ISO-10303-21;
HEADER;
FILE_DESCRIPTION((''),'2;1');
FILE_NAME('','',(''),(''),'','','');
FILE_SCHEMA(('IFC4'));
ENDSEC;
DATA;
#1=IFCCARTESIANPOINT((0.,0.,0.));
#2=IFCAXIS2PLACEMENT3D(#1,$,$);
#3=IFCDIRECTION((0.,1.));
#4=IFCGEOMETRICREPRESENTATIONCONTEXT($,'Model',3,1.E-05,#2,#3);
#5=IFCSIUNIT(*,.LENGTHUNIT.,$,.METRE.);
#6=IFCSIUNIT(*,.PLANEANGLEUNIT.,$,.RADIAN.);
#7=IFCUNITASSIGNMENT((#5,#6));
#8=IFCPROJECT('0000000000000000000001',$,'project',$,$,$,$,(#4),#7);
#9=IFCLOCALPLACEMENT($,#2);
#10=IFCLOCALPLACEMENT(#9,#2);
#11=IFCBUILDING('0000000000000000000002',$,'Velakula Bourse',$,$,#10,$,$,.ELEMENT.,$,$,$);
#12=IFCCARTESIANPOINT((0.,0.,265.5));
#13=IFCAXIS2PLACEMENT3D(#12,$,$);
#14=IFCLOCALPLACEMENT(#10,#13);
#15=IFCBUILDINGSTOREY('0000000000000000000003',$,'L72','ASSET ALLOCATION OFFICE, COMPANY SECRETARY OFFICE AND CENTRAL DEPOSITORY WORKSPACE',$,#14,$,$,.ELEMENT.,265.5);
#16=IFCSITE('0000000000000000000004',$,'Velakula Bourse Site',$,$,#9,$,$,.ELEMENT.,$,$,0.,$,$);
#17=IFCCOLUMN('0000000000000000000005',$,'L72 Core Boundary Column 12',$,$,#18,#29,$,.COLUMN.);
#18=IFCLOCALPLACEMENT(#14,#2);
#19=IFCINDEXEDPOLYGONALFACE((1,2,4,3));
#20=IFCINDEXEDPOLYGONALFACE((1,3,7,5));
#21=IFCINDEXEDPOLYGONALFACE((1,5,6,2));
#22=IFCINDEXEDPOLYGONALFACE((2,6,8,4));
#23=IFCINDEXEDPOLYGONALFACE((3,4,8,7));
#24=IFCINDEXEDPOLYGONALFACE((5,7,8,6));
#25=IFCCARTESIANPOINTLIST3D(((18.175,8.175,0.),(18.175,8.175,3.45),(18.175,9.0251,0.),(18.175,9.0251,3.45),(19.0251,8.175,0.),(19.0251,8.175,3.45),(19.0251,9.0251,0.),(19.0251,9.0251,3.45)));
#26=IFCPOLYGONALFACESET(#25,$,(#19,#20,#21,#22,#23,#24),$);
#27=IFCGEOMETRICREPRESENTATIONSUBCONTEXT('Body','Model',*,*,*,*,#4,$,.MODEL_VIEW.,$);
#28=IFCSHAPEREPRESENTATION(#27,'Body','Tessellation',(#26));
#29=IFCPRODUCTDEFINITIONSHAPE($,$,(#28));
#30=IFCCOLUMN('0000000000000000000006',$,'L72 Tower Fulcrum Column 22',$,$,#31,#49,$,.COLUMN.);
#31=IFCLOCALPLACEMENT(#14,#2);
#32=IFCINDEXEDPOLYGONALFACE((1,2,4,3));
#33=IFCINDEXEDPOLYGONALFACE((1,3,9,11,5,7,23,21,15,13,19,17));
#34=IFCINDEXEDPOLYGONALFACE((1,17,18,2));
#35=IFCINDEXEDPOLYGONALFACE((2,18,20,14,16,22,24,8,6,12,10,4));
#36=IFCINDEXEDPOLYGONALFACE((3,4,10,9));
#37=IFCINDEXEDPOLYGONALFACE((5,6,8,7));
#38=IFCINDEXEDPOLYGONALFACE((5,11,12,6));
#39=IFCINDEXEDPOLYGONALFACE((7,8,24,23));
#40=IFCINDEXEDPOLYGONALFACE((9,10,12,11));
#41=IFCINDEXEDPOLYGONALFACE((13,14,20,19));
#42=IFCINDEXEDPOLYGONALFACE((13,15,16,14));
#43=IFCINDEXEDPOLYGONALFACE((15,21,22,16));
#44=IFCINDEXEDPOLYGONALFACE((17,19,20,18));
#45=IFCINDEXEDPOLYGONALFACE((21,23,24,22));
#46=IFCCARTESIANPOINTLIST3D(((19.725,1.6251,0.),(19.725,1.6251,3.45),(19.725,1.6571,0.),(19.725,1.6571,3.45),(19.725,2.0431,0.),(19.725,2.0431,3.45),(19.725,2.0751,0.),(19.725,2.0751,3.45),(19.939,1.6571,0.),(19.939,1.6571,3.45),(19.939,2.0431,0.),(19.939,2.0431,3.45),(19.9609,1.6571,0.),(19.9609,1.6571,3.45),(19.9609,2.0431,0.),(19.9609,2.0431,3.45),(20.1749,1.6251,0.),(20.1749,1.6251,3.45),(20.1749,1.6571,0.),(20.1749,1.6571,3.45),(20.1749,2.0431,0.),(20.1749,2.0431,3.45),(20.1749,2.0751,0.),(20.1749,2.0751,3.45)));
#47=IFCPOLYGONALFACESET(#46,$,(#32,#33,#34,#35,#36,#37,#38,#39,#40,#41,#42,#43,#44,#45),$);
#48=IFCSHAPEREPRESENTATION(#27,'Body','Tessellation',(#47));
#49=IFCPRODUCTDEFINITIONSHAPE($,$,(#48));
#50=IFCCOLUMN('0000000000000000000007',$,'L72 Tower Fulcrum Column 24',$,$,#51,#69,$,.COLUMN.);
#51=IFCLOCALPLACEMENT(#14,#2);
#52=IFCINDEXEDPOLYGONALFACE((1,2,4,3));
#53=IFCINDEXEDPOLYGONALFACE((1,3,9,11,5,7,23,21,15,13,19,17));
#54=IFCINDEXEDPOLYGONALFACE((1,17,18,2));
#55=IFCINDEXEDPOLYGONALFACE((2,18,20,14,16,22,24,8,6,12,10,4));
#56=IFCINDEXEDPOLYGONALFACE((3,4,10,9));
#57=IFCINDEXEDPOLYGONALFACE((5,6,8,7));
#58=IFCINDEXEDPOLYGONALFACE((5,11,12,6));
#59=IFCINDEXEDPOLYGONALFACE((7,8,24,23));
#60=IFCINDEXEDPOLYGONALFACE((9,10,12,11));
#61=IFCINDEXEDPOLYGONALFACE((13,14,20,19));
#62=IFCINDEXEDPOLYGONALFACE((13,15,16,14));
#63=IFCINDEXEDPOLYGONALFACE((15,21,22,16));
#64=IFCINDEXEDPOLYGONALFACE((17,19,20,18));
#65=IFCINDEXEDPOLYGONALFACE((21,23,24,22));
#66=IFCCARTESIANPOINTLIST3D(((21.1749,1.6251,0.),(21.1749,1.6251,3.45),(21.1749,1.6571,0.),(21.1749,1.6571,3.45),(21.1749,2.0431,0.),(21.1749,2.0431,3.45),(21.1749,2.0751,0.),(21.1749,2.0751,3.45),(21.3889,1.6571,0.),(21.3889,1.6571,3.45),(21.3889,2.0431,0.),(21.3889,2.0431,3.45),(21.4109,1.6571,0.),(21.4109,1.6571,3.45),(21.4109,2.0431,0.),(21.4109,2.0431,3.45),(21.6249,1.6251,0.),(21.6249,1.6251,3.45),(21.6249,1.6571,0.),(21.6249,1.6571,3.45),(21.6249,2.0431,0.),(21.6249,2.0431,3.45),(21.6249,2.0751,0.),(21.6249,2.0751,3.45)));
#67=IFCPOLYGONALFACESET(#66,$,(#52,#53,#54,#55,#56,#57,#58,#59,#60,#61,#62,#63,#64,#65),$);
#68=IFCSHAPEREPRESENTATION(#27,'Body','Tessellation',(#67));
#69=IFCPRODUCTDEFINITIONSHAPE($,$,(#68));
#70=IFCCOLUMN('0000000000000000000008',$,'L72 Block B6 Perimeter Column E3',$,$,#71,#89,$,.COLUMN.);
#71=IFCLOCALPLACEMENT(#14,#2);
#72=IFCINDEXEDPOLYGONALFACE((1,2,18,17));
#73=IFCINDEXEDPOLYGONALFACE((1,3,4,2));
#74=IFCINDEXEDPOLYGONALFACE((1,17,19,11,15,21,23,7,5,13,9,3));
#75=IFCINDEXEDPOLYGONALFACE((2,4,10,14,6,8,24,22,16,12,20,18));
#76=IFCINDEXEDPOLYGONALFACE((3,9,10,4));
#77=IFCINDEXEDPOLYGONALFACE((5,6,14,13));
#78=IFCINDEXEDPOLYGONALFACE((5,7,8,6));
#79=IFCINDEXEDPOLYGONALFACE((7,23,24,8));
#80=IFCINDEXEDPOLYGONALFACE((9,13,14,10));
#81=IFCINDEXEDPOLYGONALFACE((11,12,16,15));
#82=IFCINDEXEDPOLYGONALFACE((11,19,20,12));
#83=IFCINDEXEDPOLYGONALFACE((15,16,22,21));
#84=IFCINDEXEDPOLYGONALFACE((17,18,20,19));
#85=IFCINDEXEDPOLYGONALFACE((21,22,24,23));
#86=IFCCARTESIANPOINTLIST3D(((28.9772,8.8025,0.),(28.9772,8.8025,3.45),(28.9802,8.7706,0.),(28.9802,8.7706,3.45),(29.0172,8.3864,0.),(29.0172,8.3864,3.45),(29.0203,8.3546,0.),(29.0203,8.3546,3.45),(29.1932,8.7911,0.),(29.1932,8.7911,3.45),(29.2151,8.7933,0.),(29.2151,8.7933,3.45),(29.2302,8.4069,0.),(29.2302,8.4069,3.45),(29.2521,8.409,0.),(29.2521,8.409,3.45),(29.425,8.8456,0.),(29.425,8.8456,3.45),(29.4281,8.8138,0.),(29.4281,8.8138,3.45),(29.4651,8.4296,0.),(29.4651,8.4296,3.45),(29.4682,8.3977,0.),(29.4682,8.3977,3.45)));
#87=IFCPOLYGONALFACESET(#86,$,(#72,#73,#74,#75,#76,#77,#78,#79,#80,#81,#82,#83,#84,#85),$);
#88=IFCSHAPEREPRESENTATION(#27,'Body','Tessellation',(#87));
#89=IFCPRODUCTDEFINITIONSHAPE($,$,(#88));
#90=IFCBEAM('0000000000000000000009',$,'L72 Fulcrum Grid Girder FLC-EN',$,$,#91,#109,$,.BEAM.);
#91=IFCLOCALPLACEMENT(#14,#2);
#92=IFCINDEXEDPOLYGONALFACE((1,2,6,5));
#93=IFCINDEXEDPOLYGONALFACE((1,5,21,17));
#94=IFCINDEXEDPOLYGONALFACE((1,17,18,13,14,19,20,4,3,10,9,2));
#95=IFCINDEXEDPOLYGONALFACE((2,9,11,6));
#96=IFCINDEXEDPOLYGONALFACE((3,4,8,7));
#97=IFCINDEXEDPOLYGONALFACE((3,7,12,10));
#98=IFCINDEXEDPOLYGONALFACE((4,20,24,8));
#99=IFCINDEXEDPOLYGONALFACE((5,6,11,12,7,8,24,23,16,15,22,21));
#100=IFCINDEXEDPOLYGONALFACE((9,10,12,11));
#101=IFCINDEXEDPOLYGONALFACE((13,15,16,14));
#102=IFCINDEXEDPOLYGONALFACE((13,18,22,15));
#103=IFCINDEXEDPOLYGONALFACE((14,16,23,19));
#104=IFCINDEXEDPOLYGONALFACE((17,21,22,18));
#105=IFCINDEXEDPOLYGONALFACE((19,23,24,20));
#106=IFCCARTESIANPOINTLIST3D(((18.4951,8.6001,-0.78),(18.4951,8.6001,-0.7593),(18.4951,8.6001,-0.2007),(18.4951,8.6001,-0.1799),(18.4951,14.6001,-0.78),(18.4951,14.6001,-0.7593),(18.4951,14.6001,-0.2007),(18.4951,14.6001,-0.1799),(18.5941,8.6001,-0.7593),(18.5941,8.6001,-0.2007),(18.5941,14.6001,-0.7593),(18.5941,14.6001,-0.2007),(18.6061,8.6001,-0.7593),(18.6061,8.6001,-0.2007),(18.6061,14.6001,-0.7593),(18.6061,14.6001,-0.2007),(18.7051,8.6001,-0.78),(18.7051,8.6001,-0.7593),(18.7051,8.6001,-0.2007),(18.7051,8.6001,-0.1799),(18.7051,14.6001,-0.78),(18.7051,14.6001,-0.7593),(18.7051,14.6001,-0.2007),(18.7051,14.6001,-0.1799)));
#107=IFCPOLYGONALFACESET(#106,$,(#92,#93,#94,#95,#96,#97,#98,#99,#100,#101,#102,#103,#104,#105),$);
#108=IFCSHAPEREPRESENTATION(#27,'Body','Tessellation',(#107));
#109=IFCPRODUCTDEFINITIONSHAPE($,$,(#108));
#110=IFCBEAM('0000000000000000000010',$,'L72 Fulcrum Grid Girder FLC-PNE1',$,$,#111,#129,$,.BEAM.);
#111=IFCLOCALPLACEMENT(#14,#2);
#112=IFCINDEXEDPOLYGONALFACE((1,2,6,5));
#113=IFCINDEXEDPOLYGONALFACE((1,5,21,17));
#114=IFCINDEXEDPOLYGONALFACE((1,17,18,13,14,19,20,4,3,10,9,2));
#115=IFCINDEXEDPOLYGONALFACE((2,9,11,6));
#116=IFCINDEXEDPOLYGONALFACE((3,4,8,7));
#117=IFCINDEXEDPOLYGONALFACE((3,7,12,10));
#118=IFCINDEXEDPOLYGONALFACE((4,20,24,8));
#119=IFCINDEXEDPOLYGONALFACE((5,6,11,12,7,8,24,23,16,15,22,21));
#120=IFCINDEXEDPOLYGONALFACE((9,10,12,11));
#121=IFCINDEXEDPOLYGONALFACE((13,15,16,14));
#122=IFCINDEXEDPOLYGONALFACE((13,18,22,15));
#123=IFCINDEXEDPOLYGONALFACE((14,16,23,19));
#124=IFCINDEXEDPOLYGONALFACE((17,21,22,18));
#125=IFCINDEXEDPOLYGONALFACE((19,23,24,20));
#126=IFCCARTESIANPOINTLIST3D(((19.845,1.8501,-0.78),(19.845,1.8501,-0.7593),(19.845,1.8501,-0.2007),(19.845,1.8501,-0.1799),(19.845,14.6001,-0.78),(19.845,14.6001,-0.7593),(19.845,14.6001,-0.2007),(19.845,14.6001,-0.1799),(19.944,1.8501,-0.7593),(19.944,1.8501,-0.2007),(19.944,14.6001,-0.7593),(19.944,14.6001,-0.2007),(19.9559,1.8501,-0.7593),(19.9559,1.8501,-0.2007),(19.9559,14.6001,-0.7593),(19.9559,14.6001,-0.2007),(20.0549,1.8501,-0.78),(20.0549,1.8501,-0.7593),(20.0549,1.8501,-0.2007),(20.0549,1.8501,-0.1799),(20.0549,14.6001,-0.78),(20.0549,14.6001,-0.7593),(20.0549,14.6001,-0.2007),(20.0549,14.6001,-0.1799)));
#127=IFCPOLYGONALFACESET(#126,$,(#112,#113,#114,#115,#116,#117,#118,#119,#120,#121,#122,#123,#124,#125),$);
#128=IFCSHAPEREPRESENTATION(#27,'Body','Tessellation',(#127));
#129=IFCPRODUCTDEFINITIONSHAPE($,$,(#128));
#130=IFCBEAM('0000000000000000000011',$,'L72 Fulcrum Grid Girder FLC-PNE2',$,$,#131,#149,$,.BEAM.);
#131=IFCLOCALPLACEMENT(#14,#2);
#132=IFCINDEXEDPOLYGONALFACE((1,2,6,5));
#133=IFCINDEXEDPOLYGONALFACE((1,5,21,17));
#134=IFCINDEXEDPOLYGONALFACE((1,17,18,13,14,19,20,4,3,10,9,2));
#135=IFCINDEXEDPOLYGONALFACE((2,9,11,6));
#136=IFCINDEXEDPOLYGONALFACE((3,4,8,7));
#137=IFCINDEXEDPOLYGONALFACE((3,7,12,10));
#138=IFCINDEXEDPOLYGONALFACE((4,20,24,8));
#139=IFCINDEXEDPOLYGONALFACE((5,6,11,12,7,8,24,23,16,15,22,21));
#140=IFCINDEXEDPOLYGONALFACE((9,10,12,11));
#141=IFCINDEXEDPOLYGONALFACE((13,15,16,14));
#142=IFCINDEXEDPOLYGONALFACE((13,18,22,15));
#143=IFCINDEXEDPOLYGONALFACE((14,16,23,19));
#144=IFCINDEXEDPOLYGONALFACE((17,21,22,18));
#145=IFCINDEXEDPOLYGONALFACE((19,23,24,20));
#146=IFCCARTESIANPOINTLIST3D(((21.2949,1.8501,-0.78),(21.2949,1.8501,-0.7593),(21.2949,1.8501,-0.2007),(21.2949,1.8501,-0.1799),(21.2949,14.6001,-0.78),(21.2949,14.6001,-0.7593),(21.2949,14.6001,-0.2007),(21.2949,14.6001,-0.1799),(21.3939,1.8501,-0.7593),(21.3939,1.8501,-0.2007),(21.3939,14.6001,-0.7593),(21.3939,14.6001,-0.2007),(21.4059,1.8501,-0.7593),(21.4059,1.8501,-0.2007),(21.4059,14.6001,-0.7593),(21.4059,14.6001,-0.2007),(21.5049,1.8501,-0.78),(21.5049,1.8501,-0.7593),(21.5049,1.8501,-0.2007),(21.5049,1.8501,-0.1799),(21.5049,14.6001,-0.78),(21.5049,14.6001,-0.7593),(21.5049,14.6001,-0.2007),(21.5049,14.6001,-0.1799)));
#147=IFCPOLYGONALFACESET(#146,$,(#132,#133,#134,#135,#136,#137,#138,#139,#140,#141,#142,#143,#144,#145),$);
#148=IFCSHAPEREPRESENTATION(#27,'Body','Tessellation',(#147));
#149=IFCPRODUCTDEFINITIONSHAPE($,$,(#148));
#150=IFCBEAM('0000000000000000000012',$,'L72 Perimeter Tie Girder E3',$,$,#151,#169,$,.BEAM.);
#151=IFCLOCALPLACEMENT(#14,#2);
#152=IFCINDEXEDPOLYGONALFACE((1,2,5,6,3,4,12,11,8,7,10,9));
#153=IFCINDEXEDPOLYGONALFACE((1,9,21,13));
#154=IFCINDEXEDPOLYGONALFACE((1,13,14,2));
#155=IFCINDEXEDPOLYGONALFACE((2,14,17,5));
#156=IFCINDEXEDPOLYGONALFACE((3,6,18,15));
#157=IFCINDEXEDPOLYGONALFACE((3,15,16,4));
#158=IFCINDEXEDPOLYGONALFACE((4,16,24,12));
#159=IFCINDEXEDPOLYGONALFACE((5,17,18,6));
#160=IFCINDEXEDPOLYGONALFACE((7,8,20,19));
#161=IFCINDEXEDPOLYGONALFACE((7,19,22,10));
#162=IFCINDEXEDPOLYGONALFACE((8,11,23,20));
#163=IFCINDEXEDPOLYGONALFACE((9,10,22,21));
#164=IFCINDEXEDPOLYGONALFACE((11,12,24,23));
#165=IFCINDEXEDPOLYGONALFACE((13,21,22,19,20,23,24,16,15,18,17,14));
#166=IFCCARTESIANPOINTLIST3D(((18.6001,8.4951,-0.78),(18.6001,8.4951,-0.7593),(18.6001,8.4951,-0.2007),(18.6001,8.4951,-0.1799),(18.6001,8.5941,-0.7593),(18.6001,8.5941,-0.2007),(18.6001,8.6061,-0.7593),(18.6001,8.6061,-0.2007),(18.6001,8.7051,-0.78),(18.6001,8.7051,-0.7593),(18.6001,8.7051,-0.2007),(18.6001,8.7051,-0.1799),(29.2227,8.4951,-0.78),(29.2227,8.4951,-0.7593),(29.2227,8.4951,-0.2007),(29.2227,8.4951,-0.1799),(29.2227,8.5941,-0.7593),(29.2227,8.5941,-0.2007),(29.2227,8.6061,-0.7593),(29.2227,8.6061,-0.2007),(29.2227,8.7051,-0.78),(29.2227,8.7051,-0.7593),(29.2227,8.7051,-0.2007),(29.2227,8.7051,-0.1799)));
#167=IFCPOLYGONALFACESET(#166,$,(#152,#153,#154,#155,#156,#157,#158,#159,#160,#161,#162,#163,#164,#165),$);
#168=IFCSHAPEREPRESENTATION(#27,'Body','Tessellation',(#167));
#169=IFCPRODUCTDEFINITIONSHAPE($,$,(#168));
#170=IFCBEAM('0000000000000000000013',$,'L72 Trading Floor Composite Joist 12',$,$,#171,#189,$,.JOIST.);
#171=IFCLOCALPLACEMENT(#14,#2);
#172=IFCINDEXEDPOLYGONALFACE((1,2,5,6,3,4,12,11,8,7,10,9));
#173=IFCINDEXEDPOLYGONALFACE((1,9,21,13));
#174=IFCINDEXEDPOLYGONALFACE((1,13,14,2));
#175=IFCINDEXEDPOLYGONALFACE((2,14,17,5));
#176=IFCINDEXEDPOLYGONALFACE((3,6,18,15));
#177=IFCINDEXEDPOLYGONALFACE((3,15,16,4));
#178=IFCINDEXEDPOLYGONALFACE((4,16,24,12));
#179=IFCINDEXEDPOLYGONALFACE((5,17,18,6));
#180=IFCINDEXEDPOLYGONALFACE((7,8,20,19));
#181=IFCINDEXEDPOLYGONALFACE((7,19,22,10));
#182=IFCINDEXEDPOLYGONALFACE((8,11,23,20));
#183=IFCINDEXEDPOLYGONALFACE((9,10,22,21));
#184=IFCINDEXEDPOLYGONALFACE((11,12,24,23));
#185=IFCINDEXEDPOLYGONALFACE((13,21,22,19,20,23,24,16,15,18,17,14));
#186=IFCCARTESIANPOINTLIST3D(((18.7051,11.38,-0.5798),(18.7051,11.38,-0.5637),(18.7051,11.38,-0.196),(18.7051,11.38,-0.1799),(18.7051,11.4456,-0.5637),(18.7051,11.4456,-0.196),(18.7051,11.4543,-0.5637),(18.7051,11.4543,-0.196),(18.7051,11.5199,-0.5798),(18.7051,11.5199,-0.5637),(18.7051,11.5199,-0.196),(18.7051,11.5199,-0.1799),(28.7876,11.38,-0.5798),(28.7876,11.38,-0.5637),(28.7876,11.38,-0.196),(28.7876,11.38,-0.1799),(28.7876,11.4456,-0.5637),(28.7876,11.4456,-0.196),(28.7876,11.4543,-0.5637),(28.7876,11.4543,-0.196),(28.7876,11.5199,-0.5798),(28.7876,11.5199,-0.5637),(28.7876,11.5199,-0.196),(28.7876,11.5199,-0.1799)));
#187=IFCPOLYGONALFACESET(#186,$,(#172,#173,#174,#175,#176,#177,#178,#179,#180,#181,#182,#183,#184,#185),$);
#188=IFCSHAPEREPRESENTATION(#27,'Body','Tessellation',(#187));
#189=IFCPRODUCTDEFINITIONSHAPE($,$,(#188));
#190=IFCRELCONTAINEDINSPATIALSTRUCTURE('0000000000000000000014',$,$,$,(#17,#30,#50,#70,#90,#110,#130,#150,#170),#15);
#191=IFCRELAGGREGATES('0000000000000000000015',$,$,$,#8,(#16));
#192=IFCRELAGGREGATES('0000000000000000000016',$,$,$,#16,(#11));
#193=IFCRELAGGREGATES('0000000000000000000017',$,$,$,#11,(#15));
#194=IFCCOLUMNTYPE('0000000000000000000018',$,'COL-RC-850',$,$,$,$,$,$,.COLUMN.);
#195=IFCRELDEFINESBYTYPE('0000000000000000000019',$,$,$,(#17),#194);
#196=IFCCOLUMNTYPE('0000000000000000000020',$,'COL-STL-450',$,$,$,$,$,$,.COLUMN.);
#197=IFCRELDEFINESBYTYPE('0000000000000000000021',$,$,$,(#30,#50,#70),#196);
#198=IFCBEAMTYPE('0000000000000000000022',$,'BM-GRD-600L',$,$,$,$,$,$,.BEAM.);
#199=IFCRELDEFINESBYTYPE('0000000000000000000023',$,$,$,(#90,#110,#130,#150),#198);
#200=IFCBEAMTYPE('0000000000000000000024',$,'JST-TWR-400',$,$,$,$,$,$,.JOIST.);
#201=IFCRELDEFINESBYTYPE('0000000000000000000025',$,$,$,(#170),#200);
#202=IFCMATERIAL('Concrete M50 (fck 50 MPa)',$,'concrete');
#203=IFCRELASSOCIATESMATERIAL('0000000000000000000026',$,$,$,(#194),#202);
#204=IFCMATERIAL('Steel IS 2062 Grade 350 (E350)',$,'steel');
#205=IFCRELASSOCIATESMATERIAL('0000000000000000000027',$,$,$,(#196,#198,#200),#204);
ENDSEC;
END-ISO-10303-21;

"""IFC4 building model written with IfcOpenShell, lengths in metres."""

from ifc_helpers import new_model, si_unit, direction, frame, origin, origin_2d, place, context, subcontext, project, spatial, rectangle, i_section, extrude, material, material_profile, profile_set, type_object, element, save


model = new_model("IFC4")

# Units and contexts
model_context = context("Model", 3, precision=1e-05, world=origin(), true_north=direction((0.0, 1.0)))
body_context = subcontext(model_context, "Body", "Model", "MODEL_VIEW")
ifc_project = project(units=[si_unit("LENGTHUNIT", "METRE"), si_unit("PLANEANGLEUNIT", "RADIAN")], contexts=[model_context])

# Site, building, storey
site_placement = place(None, origin())
site = spatial("IfcSite", under=ifc_project, at=site_placement, Name="Velakula Bourse Site", CompositionType="ELEMENT", RefElevation=0.0)
building_placement = place(site_placement, origin())
building = spatial("IfcBuilding", under=site, at=building_placement, Name="Velakula Bourse", CompositionType="ELEMENT")
storey_placement = place(building_placement, frame((0.0, 0.0, 265.5)))
storey = spatial("IfcBuildingStorey", under=building, at=storey_placement, Name="L72", Description="ASSET ALLOCATION OFFICE, COMPANY SECRETARY OFFICE AND CENTRAL DEPOSITORY WORKSPACE", CompositionType="ELEMENT", Elevation=265.5)

# Columns
ifc_material_1 = material(Name="Concrete M50 (fck 50 MPa)", Category="concrete")
ifc_material_profile_1 = material_profile(ifc_material_1, rectangle(XDim=0.8501, YDim=0.8501, at=origin_2d()), Name="Concrete M50 (fck 50 MPa)")
ifc_profile_set_1 = profile_set([ifc_material_profile_1], Name="Concrete M50 (fck 50 MPa)")
column_type_1 = type_object("IfcColumnType", Name="COL-RC-850", PredefinedType="COLUMN", material=ifc_profile_set_1)
column_placement = place(storey_placement, frame((18.6001, 8.6001, 0.0), z_axis=(0.0, 0.0, 1.0), x_axis=(1.0, 0.0, 0.0)))
element("IfcColumn", 1, at=column_placement, inside=storey, type_object=column_type_1, Name="L72 Core Boundary Column 12", PredefinedType="COLUMN", context=body_context, shape_type="SweptSolid", body=[
    extrude(rectangle(XDim=0.8501, YDim=0.8501, at=origin_2d()), origin(), (0.0, 0.0, 1.0), 3.45),
])
ifc_material_2 = material(Name="Steel IS 2062 Grade 350 (E350)", Category="steel")
ifc_material_profile_2 = material_profile(ifc_material_2, i_section(OverallWidth=0.45, OverallDepth=0.45, WebThickness=0.022, FlangeThickness=0.032, at=origin_2d()), Name="Steel IS 2062 Grade 350 (E350)")
ifc_profile_set_2 = profile_set([ifc_material_profile_2], Name="Steel IS 2062 Grade 350 (E350)")
column_type_2 = type_object("IfcColumnType", Name="COL-STL-450", PredefinedType="COLUMN", material=ifc_profile_set_2)
for number, where, z_axis, x_axis, name in (
    (2, (19.95, 1.8501, 0.0), (0.0, 0.0, 1.0), (1.0, 0.0, 0.0), "L72 Tower Fulcrum Column 22"),
    (3, (21.3999, 1.8501, 0.0), (0.0, 0.0, 1.0), (1.0, 0.0, 0.0), "L72 Tower Fulcrum Column 24"),
    (4, (29.2227, 8.6001, 0.0), (0.0, 0.0, 1.0), (0.995396, 0.095846, 0.0), "L72 Block B6 Perimeter Column E3"),
):
    element("IfcColumn", number, at=place(storey_placement, frame(where, z_axis=z_axis, x_axis=x_axis)), inside=storey, type_object=column_type_2, Name=name, PredefinedType="COLUMN", context=body_context, shape_type="SweptSolid", body=[
        extrude(i_section(OverallWidth=0.45, OverallDepth=0.45, WebThickness=0.022, FlangeThickness=0.032, at=origin_2d()), origin(), (0.0, 0.0, 1.0), 3.45),
    ])

# Beams
ifc_material_profile_3 = material_profile(ifc_material_2, i_section(OverallWidth=0.21, OverallDepth=0.6001, WebThickness=0.012, FlangeThickness=0.0208, at=origin_2d()), Name="Steel IS 2062 Grade 350 (E350)")
ifc_profile_set_3 = profile_set([ifc_material_profile_3], Name="Steel IS 2062 Grade 350 (E350)")
beam_type_1 = type_object("IfcBeamType", Name="BM-GRD-600L", PredefinedType="BEAM", material=ifc_profile_set_3)
beam_1_placement = place(storey_placement, frame((18.6001, 8.6001, -0.48), z_axis=(0.0, 1.0, 0.0), x_axis=(-1.0, 0.0, 0.0)))
element("IfcBeam", 5, at=beam_1_placement, inside=storey, type_object=beam_type_1, Name="L72 Fulcrum Grid Girder FLC-EN", PredefinedType="BEAM", context=body_context, shape_type="SweptSolid", body=[
    extrude(i_section(OverallWidth=0.21, OverallDepth=0.6001, WebThickness=0.012, FlangeThickness=0.0208, at=origin_2d()), origin(), (0.0, 0.0, 1.0), 6.0),
])
for number, where, z_axis, x_axis, name in (
    (6, (19.95, 1.8501, -0.48), (0.0, 1.0, 0.0), (-1.0, 0.0, 0.0), "L72 Fulcrum Grid Girder FLC-PNE1"),
    (7, (21.3999, 1.8501, -0.48), (0.0, 1.0, 0.0), (-1.0, 0.0, 0.0), "L72 Fulcrum Grid Girder FLC-PNE2"),
):
    element("IfcBeam", number, at=place(storey_placement, frame(where, z_axis=z_axis, x_axis=x_axis)), inside=storey, type_object=beam_type_1, Name=name, PredefinedType="BEAM", context=body_context, shape_type="SweptSolid", body=[
        extrude(i_section(OverallWidth=0.21, OverallDepth=0.6001, WebThickness=0.012, FlangeThickness=0.0208, at=origin_2d()), origin(), (0.0, 0.0, 1.0), 12.75),
    ])
beam_2_placement = place(storey_placement, frame((18.6001, 8.6001, -0.48), z_axis=(1.0, 0.0, 0.0), x_axis=(0.0, 1.0, 0.0)))
element("IfcBeam", 8, at=beam_2_placement, inside=storey, type_object=beam_type_1, Name="L72 Perimeter Tie Girder E3", PredefinedType="BEAM", context=body_context, shape_type="SweptSolid", body=[
    extrude(i_section(OverallWidth=0.21, OverallDepth=0.6001, WebThickness=0.012, FlangeThickness=0.0208, at=origin_2d()), origin(), (0.0, 0.0, 1.0), 10.6226),
])
ifc_material_profile_4 = material_profile(ifc_material_2, i_section(OverallWidth=0.1399, OverallDepth=0.3999, WebThickness=0.0088, FlangeThickness=0.0161, at=origin_2d()), Name="Steel IS 2062 Grade 350 (E350)")
ifc_profile_set_4 = profile_set([ifc_material_profile_4], Name="Steel IS 2062 Grade 350 (E350)")
beam_type_2 = type_object("IfcBeamType", Name="JST-TWR-400", PredefinedType="JOIST", material=ifc_profile_set_4)
beam_3_placement = place(storey_placement, frame((18.7051, 11.45, -0.3799), z_axis=(1.0, 0.0, 0.0), x_axis=(0.0, 1.0, 0.0)))
element("IfcBeam", 9, at=beam_3_placement, inside=storey, type_object=beam_type_2, Name="L72 Trading Floor Composite Joist 12", PredefinedType="JOIST", context=body_context, shape_type="SweptSolid", body=[
    extrude(i_section(OverallWidth=0.1399, OverallDepth=0.3999, WebThickness=0.0088, FlangeThickness=0.0161, at=origin_2d()), origin(), (0.0, 0.0, 1.0), 10.0825),
])

save(model, "model.ifc")
